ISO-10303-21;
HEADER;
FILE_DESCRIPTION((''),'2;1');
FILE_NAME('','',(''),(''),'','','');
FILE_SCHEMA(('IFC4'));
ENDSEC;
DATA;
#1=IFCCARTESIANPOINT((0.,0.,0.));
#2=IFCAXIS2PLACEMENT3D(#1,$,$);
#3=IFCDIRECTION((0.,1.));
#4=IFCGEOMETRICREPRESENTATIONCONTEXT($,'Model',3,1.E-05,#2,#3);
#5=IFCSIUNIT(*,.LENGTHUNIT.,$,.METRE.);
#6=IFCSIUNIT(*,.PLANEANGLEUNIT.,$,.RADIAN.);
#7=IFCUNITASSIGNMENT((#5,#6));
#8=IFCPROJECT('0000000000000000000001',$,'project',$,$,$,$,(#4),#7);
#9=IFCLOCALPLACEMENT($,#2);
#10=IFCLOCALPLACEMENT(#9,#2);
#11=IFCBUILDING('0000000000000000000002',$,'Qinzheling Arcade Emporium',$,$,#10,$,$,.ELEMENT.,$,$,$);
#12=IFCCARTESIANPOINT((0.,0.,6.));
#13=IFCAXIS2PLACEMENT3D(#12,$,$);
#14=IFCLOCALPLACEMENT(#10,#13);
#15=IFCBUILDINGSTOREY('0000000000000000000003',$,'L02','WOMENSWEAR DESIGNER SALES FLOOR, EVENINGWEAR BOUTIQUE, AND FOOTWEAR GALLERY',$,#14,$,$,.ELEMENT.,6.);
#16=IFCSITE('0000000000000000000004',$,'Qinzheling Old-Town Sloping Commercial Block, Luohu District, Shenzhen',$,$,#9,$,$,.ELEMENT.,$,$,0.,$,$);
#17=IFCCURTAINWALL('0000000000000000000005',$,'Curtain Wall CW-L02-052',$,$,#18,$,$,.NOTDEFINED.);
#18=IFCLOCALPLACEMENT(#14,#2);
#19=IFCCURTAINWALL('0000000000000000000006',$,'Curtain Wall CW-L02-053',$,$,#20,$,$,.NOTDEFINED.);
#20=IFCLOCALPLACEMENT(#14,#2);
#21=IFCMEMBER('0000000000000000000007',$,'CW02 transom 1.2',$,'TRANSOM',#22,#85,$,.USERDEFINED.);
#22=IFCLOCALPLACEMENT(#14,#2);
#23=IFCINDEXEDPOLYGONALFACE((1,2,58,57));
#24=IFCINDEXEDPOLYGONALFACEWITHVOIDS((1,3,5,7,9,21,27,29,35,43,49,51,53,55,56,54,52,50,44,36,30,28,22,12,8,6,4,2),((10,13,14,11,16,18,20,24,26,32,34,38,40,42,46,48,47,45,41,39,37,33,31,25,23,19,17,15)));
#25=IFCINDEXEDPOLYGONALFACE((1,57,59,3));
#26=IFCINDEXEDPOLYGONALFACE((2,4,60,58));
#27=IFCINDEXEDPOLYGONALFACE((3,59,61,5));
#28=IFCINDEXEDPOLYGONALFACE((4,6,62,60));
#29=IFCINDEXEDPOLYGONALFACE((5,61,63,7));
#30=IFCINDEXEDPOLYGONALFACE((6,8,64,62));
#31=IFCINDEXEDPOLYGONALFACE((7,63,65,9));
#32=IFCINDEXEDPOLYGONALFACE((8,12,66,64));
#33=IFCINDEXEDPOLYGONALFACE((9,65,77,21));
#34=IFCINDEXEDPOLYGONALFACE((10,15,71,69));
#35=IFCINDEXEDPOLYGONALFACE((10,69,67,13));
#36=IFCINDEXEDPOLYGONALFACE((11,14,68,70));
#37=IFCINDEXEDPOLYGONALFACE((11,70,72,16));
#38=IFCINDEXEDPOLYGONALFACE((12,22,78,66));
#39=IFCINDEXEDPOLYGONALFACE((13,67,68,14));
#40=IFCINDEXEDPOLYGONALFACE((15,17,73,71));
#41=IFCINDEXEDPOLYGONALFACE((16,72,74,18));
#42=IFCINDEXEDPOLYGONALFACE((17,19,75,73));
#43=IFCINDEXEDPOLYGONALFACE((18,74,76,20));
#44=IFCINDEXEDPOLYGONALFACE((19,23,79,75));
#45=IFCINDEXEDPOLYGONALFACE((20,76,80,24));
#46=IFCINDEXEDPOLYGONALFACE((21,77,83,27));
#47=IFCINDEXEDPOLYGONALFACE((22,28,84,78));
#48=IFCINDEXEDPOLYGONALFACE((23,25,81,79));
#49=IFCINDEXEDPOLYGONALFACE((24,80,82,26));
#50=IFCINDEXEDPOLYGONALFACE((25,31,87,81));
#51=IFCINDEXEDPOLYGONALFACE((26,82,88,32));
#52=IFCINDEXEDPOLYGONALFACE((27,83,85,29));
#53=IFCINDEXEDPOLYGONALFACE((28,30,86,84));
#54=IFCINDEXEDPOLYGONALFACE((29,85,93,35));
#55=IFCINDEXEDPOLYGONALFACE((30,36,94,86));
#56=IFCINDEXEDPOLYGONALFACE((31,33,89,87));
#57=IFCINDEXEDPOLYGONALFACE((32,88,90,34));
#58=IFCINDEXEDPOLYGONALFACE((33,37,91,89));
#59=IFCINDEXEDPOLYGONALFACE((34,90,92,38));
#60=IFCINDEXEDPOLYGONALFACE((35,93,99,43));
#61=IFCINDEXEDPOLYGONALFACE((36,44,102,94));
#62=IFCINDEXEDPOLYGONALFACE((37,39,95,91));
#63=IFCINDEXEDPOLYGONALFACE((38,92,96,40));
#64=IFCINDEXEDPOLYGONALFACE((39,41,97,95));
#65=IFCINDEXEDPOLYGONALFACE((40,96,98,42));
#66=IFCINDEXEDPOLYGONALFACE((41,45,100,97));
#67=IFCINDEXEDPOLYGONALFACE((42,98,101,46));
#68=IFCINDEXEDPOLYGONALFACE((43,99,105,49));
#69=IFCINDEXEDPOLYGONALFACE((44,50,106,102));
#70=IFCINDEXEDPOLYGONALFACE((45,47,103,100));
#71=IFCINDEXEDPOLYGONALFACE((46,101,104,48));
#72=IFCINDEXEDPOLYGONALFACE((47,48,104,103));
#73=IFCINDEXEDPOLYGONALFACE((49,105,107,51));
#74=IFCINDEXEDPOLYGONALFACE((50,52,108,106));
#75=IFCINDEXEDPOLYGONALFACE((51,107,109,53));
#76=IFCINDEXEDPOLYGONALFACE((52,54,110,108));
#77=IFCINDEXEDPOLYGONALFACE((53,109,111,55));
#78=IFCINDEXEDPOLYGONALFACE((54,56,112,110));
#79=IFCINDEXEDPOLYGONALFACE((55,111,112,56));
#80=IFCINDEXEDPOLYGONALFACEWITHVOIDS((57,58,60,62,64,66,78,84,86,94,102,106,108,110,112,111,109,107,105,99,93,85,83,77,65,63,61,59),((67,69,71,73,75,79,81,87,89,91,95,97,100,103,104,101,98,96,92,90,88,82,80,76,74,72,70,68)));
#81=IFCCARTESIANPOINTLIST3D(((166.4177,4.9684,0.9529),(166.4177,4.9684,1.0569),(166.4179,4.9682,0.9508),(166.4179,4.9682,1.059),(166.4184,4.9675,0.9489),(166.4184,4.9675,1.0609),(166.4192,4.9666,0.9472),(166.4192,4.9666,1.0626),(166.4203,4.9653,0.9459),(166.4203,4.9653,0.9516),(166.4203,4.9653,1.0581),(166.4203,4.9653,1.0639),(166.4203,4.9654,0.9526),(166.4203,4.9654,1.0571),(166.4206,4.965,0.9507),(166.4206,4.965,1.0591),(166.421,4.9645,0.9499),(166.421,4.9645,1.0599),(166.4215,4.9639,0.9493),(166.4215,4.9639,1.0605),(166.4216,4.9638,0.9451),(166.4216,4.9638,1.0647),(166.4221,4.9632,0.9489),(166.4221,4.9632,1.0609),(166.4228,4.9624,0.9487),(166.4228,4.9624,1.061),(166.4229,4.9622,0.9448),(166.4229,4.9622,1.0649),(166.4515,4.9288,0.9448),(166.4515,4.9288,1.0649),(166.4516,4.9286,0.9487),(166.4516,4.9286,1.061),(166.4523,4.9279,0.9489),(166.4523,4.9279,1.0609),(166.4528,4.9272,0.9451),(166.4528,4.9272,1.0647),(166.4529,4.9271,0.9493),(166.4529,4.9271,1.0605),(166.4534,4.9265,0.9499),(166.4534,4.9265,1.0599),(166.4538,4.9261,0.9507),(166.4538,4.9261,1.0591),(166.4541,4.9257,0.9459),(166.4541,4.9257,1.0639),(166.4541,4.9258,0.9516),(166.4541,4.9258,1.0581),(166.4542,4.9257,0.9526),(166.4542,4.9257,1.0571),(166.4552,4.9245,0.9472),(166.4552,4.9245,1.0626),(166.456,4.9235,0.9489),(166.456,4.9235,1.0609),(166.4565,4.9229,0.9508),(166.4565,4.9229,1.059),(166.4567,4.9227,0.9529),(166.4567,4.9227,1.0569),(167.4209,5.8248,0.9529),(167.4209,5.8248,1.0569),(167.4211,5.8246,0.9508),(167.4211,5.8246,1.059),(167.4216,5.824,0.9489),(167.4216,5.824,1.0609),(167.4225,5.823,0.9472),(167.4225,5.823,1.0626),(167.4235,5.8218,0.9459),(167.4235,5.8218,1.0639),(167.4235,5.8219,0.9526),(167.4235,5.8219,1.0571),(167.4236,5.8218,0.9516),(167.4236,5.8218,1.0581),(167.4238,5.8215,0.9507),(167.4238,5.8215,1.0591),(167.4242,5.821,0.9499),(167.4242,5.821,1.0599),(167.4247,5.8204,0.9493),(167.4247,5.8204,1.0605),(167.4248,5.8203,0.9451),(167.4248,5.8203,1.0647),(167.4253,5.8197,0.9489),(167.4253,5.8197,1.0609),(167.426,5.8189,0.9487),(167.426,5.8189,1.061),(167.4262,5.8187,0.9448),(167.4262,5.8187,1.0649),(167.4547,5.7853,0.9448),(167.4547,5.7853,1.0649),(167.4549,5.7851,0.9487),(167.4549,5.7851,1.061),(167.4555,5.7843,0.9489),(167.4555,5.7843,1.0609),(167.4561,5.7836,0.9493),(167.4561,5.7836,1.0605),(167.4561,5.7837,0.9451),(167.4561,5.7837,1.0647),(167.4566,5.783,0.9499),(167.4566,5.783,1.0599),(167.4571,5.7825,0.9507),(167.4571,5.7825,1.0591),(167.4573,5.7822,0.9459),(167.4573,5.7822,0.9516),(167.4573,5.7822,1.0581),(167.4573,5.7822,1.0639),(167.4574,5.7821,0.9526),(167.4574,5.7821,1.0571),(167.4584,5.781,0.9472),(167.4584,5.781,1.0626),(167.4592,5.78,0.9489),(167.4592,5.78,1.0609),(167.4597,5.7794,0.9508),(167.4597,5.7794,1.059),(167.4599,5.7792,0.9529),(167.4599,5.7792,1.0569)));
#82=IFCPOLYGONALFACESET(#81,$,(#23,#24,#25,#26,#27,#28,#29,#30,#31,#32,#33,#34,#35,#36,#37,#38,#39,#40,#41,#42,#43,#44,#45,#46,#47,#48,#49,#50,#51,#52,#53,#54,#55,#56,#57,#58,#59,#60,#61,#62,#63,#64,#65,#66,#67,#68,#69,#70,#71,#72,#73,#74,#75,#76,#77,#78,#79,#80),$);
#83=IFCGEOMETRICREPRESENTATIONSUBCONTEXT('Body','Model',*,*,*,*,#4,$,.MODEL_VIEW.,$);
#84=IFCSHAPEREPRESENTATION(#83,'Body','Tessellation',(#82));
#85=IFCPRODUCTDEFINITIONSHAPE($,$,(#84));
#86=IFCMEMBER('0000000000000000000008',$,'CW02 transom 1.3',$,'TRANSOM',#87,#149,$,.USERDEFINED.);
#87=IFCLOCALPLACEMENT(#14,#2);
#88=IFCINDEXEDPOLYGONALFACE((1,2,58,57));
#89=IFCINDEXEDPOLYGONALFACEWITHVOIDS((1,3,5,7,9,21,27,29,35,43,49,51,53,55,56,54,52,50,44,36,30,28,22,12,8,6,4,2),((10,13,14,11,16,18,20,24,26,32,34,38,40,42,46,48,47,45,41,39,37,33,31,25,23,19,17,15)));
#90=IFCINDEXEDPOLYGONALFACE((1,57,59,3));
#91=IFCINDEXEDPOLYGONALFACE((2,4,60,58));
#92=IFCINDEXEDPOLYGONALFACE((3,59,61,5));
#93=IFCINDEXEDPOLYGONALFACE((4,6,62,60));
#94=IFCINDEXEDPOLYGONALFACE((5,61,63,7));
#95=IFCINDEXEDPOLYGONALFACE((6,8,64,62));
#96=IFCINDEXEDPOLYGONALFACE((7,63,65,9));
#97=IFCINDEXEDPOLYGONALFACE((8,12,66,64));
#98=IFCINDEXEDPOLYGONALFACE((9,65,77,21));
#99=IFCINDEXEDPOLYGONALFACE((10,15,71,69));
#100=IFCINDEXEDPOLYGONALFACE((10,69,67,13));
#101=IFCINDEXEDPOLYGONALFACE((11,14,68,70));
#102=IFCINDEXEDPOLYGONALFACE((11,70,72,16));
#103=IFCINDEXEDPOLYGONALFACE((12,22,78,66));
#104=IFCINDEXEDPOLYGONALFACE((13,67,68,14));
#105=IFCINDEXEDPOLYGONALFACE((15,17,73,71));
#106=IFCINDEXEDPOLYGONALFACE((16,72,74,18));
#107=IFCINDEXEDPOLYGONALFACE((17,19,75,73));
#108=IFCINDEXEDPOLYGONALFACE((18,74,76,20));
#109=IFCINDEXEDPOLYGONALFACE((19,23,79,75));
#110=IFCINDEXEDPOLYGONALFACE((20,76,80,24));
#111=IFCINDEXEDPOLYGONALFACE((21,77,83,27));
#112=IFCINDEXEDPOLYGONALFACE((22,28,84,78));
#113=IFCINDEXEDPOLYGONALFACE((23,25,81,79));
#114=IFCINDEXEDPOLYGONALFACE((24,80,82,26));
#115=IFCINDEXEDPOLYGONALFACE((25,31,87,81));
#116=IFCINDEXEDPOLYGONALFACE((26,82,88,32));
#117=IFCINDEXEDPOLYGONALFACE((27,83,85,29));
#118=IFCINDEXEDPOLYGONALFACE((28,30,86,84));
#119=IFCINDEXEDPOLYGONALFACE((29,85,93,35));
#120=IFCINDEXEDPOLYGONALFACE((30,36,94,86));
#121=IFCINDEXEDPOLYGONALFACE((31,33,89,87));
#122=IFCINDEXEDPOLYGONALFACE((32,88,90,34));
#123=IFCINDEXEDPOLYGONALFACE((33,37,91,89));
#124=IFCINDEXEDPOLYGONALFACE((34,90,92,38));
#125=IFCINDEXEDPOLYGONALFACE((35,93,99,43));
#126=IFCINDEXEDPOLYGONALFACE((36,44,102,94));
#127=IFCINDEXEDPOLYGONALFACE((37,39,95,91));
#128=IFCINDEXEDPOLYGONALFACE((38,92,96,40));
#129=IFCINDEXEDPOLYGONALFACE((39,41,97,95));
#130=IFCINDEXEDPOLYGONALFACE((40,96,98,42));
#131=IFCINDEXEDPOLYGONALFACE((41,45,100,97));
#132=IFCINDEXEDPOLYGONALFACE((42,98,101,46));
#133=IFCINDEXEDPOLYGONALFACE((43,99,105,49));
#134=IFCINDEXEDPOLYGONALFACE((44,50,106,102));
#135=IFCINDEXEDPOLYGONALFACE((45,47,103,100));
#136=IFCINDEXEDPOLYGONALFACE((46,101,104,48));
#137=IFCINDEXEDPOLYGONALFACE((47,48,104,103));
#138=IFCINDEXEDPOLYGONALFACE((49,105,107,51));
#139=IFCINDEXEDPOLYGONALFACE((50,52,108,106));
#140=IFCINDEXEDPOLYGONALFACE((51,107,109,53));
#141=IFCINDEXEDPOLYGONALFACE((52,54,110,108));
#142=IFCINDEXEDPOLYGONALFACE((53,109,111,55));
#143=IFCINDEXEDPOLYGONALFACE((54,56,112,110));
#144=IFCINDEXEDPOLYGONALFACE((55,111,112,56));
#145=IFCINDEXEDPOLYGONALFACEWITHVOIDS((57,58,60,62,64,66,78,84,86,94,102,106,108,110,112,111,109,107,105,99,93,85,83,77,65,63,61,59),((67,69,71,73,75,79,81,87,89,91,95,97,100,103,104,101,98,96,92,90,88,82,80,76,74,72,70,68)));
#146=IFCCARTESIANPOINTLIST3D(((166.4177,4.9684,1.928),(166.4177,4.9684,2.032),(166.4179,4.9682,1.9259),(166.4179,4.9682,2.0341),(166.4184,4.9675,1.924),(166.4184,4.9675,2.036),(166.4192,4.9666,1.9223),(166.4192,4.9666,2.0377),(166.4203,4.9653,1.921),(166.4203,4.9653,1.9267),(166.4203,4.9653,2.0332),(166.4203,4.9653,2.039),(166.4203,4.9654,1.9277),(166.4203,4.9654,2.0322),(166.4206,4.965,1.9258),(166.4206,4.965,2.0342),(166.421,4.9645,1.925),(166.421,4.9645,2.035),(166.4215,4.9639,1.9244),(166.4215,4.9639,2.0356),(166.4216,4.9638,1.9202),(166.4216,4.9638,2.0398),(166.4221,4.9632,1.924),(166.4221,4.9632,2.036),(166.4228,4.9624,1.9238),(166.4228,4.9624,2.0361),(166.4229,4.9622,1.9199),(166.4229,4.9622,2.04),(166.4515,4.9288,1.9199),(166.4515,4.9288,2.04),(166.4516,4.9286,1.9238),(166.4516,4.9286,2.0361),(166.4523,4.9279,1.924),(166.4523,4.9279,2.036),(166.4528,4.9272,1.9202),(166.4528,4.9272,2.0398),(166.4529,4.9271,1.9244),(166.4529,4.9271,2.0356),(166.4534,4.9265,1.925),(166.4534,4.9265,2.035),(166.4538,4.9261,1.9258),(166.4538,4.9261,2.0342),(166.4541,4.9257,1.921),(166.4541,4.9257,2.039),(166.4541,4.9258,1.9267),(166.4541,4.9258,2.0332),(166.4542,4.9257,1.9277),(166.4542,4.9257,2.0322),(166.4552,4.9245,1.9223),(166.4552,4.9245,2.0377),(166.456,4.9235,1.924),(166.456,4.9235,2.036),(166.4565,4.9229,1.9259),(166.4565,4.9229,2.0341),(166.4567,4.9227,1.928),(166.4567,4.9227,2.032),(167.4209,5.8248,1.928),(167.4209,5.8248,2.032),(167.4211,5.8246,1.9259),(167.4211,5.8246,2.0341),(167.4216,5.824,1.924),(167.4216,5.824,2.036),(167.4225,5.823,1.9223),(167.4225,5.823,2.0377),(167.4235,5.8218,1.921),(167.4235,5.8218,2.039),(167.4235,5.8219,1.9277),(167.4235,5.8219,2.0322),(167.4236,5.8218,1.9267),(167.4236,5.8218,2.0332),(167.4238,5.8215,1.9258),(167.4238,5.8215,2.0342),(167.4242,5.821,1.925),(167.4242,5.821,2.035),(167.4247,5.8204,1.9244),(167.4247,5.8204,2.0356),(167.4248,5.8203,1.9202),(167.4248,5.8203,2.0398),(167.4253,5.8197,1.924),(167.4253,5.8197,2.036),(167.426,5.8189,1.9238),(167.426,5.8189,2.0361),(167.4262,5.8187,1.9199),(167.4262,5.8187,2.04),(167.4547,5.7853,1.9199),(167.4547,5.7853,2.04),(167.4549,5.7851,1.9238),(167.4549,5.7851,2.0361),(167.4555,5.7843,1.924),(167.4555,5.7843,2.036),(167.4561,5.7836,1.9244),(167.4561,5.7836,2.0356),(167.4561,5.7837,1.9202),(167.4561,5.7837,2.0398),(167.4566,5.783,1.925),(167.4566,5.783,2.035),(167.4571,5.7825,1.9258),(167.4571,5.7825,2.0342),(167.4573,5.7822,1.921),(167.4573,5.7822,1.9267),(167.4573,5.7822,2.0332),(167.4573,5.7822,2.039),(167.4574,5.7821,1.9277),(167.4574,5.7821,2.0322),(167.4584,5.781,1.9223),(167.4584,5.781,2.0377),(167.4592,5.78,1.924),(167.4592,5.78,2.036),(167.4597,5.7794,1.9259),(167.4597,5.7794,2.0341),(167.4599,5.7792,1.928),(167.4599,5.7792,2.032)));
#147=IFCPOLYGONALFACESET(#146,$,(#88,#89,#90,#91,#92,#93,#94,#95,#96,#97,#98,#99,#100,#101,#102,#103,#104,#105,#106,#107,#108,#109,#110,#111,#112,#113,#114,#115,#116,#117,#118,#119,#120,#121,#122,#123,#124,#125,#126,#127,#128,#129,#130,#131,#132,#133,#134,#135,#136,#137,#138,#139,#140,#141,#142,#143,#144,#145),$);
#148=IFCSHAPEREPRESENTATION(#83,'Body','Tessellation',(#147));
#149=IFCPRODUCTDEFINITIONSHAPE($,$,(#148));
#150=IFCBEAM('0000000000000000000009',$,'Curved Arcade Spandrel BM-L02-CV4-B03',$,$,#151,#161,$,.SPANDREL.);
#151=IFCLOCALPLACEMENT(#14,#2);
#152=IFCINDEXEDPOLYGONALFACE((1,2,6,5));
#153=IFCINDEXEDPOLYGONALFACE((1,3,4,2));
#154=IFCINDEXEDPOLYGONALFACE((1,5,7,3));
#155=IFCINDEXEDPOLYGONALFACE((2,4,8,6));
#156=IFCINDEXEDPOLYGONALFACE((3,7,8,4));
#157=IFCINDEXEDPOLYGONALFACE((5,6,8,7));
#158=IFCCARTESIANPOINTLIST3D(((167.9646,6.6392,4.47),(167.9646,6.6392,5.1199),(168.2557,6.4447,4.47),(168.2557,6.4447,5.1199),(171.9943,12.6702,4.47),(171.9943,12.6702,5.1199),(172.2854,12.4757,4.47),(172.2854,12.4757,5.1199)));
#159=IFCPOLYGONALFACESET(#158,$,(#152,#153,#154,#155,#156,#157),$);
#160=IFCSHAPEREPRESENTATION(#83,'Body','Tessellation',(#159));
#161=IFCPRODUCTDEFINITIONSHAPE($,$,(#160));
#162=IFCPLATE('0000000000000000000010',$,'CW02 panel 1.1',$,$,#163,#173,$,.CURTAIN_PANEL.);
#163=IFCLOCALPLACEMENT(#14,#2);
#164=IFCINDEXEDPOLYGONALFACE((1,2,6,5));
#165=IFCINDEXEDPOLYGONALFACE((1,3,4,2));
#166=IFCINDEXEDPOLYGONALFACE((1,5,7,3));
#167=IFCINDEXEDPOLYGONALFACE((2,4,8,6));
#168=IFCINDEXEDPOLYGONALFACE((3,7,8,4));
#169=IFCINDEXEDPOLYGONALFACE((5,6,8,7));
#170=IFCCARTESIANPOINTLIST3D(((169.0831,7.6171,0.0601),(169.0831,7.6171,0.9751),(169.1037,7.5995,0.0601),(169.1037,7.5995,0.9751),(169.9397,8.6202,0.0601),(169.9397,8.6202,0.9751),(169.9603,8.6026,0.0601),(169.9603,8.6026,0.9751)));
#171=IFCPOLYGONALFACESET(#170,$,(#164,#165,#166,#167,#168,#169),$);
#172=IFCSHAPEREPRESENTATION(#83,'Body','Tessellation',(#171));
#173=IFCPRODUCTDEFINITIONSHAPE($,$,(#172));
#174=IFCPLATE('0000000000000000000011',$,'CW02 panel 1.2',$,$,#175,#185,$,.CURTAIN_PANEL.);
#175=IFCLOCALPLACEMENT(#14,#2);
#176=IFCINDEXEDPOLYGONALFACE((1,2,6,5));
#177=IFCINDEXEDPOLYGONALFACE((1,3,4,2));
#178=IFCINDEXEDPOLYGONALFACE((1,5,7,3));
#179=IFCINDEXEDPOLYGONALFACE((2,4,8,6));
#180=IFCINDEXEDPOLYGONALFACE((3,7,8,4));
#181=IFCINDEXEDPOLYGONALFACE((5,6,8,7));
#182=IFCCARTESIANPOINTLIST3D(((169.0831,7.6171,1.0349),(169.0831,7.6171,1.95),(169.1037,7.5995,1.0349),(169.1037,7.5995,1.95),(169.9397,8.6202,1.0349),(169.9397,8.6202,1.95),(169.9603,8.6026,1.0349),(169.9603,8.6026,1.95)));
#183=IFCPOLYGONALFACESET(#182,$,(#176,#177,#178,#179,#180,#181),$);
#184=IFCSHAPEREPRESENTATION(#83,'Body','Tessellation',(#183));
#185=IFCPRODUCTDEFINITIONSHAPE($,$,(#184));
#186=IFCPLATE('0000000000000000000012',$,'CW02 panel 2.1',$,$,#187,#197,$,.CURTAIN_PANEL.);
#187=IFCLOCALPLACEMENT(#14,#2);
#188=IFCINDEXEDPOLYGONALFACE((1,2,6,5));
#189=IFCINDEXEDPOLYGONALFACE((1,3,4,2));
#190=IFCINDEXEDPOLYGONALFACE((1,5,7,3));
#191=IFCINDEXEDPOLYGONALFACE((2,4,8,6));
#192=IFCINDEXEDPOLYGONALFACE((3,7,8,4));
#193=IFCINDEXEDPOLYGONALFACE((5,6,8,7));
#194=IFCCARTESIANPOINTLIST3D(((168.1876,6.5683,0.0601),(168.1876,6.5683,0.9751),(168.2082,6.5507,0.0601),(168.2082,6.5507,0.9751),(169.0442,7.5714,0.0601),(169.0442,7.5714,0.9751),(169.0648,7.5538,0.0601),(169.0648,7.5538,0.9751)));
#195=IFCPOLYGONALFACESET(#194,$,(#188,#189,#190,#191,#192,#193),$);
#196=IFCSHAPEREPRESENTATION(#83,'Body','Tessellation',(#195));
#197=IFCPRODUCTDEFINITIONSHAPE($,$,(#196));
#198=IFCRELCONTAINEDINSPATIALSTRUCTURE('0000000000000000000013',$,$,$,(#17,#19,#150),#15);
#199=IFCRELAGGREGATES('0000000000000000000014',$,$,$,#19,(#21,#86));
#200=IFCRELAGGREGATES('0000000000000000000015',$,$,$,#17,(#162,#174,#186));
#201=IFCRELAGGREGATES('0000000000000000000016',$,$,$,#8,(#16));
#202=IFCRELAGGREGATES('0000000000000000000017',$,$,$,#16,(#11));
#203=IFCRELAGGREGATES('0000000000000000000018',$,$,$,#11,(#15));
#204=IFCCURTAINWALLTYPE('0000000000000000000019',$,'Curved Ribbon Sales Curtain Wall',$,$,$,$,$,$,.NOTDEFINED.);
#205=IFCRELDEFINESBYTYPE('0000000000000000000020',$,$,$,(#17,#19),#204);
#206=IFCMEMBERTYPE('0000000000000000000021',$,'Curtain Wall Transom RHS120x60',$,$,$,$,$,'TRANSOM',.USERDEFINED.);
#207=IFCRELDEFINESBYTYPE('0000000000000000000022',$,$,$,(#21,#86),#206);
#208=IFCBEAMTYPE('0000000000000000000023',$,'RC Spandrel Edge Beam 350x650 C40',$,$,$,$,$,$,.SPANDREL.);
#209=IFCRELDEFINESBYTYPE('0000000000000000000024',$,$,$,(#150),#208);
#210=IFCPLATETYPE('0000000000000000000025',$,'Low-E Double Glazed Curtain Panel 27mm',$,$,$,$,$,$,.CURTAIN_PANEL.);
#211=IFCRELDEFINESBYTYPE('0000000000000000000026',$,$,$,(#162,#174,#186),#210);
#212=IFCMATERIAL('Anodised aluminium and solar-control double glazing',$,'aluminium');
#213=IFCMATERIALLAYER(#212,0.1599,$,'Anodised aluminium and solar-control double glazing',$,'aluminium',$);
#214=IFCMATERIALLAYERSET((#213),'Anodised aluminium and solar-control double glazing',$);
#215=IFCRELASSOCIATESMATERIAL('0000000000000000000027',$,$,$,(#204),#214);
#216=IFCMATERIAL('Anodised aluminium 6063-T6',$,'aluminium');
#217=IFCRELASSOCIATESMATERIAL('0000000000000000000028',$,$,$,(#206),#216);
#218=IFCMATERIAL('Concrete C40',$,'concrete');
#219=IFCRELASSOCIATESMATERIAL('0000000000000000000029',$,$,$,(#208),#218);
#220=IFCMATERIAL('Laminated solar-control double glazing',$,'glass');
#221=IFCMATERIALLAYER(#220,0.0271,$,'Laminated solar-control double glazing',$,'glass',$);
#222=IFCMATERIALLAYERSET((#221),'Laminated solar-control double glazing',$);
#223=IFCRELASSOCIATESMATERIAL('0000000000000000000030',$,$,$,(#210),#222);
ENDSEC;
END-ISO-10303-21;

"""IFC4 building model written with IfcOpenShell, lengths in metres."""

from ifc_helpers import new_model, si_unit, direction, frame, origin, origin_2d, place, context, subcontext, project, spatial, rectangle, hollow_rectangle, extrude, material, layer, layer_set, material_profile, profile_set, type_object, element, aggregate, save


model = new_model("IFC4")

# Units and contexts
model_context = context("Model", 3, precision=1e-05, world=origin(), true_north=direction((0.0, 1.0)))
body_context = subcontext(model_context, "Body", "Model", "MODEL_VIEW")
ifc_project = project(units=[si_unit("LENGTHUNIT", "METRE"), si_unit("PLANEANGLEUNIT", "RADIAN")], contexts=[model_context])

# Site, building, storey
site_placement = place(None, origin())
site = spatial("IfcSite", under=ifc_project, at=site_placement, Name="Qinzheling Old-Town Sloping Commercial Block, Luohu District, Shenzhen", CompositionType="ELEMENT", RefElevation=0.0)
building_placement = place(site_placement, origin())
building = spatial("IfcBuilding", under=site, at=building_placement, Name="Qinzheling Arcade Emporium", CompositionType="ELEMENT")
storey_placement = place(building_placement, frame((0.0, 0.0, 6.0)))
storey = spatial("IfcBuildingStorey", under=building, at=storey_placement, Name="L02", Description="WOMENSWEAR DESIGNER SALES FLOOR, EVENINGWEAR BOUTIQUE, AND FOOTWEAR GALLERY", CompositionType="ELEMENT", Elevation=6.0)

# Curtain wall
ifc_material_1 = material(Name="Anodised aluminium and solar-control double glazing", Category="aluminium")
ifc_layer_1 = layer(ifc_material_1, 0.1599, Name="Anodised aluminium and solar-control double glazing", Category="aluminium")
ifc_layer_set_1 = layer_set([ifc_layer_1], Name="Anodised aluminium and solar-control double glazing")
curtain_wall_type = type_object("IfcCurtainWallType", Name="Curved Ribbon Sales Curtain Wall", PredefinedType="NOTDEFINED", material=ifc_layer_set_1)
curtain_wall_1_placement = place(storey_placement, origin())
curtain_wall_1 = element("IfcCurtainWall", 1, at=curtain_wall_1_placement, inside=storey, type_object=curtain_wall_type, Name="Curtain Wall CW-L02-052", PredefinedType="NOTDEFINED")
ifc_material_2 = material(Name="Anodised aluminium 6063-T6", Category="aluminium")

# Curtain wall
curtain_wall_2_placement = place(storey_placement, origin())
curtain_wall_2 = element("IfcCurtainWall", 2, at=curtain_wall_2_placement, inside=storey, type_object=curtain_wall_type, Name="Curtain Wall CW-L02-053", PredefinedType="NOTDEFINED")

# Members
ifc_material_profile_1 = material_profile(ifc_material_2, hollow_rectangle(XDim=0.0601, YDim=0.1201, WallThickness=0.0039, InnerFilletRadius=0.0039, OuterFilletRadius=0.0081, at=origin_2d()), Name="RHS 120x60x4", Category="aluminium")
ifc_profile_set_1 = profile_set([ifc_material_profile_1], Name="Anodised aluminium 6063-T6")
member_type_1 = type_object("IfcMemberType", Name="Curtain Wall Transom RHS120x60", ElementType="TRANSOM", PredefinedType="USERDEFINED", material=ifc_profile_set_1)
member_1_placement = place(storey_placement, frame((167.4404, 5.802, 1.0049), z_axis=(-0.760536, -0.649296, 0.0), x_axis=(0.649296, -0.760536, 0.0)))
member_1 = element("IfcMember", 3, at=member_1_placement, type_object=member_type_1, Name="CW02 transom 1.2", ObjectType="TRANSOM", PredefinedType="USERDEFINED", context=body_context, shape_type="SweptSolid", body=[
    extrude(hollow_rectangle(XDim=0.0601, YDim=0.1201, WallThickness=0.0039, InnerFilletRadius=0.0039, OuterFilletRadius=0.0081, at=origin_2d()), origin(), (0.0, 0.0, 1.0), 1.3191),
])
member_2_placement = place(storey_placement, frame((167.4404, 5.802, 1.98), z_axis=(-0.760536, -0.649296, 0.0), x_axis=(0.649296, -0.760536, 0.0)))
member_2 = element("IfcMember", 4, at=member_2_placement, type_object=member_type_1, Name="CW02 transom 1.3", ObjectType="TRANSOM", PredefinedType="USERDEFINED", context=body_context, shape_type="SweptSolid", body=[
    extrude(hollow_rectangle(XDim=0.0601, YDim=0.1201, WallThickness=0.0039, InnerFilletRadius=0.0039, OuterFilletRadius=0.0081, at=origin_2d()), origin(), (0.0, 0.0, 1.0), 1.3191),
])
aggregate(curtain_wall_2, [member_1, member_2])

# Beam
ifc_material_3 = material(Name="Concrete C40", Category="concrete")
ifc_material_profile_2 = material_profile(ifc_material_3, rectangle(XDim=0.3501, YDim=0.6499, at=origin_2d()), Name="RC 350x650", Category="concrete")
ifc_profile_set_2 = profile_set([ifc_material_profile_2], Name="Concrete C40")
beam_type_1 = type_object("IfcBeamType", Name="RC Spandrel Edge Beam 350x650 C40", PredefinedType="SPANDREL", material=ifc_profile_set_2)
beam_1_placement = place(storey_placement, frame((168.1101, 6.542, 4.7949), z_axis=(0.55557, 0.83147, 0.0), x_axis=(-0.83147, 0.55557, 0.0)))
element("IfcBeam", 5, at=beam_1_placement, inside=storey, type_object=beam_type_1, Name="Curved Arcade Spandrel BM-L02-CV4-B03", PredefinedType="SPANDREL", context=body_context, shape_type="SweptSolid", body=[
    extrude(rectangle(XDim=0.3501, YDim=0.6499, at=origin_2d()), origin(), (0.0, 0.0, 1.0), 7.2534),
])

# Plates
ifc_material_4 = material(Name="Laminated solar-control double glazing", Category="glass")
ifc_layer_2 = layer(ifc_material_4, 0.0271, Name="Laminated solar-control double glazing", Category="glass")
ifc_layer_set_2 = layer_set([ifc_layer_2], Name="Laminated solar-control double glazing")
plate_type = type_object("IfcPlateType", Name="Low-E Double Glazed Curtain Panel 27mm", PredefinedType="CURTAIN_PANEL", material=ifc_layer_set_2)
plate_1_placement = place(storey_placement, frame((169.5217, 8.1099, 0.0601), z_axis=(0.0, 0.0, 1.0), x_axis=(-0.649388, -0.760458, 0.0)))
plate_1 = element("IfcPlate", 6, at=plate_1_placement, type_object=plate_type, Name="CW02 panel 1.1", PredefinedType="CURTAIN_PANEL", context=body_context, shape_type="SweptSolid", body=[
    extrude(rectangle(XDim=1.3191, YDim=0.0271, at=origin_2d()), origin(), (0.0, 0.0, 1.0), 0.915),
])
plate_2_placement = place(storey_placement, frame((169.5217, 8.1099, 1.0349), z_axis=(0.0, 0.0, 1.0), x_axis=(-0.649388, -0.760458, 0.0)))
plate_2 = element("IfcPlate", 7, at=plate_2_placement, type_object=plate_type, Name="CW02 panel 1.2", PredefinedType="CURTAIN_PANEL", context=body_context, shape_type="SweptSolid", body=[
    extrude(rectangle(XDim=1.3191, YDim=0.0271, at=origin_2d()), origin(), (0.0, 0.0, 1.0), 0.915),
])
plate_3_placement = place(storey_placement, frame((168.6262, 7.061, 0.0601), z_axis=(0.0, 0.0, 1.0), x_axis=(-0.649388, -0.760458, 0.0)))
plate_3 = element("IfcPlate", 8, at=plate_3_placement, type_object=plate_type, Name="CW02 panel 2.1", PredefinedType="CURTAIN_PANEL", context=body_context, shape_type="SweptSolid", body=[
    extrude(rectangle(XDim=1.3191, YDim=0.0271, at=origin_2d()), origin(), (0.0, 0.0, 1.0), 0.915),
])
aggregate(curtain_wall_1, [plate_1, plate_2, plate_3])

save(model, "model.ifc")
